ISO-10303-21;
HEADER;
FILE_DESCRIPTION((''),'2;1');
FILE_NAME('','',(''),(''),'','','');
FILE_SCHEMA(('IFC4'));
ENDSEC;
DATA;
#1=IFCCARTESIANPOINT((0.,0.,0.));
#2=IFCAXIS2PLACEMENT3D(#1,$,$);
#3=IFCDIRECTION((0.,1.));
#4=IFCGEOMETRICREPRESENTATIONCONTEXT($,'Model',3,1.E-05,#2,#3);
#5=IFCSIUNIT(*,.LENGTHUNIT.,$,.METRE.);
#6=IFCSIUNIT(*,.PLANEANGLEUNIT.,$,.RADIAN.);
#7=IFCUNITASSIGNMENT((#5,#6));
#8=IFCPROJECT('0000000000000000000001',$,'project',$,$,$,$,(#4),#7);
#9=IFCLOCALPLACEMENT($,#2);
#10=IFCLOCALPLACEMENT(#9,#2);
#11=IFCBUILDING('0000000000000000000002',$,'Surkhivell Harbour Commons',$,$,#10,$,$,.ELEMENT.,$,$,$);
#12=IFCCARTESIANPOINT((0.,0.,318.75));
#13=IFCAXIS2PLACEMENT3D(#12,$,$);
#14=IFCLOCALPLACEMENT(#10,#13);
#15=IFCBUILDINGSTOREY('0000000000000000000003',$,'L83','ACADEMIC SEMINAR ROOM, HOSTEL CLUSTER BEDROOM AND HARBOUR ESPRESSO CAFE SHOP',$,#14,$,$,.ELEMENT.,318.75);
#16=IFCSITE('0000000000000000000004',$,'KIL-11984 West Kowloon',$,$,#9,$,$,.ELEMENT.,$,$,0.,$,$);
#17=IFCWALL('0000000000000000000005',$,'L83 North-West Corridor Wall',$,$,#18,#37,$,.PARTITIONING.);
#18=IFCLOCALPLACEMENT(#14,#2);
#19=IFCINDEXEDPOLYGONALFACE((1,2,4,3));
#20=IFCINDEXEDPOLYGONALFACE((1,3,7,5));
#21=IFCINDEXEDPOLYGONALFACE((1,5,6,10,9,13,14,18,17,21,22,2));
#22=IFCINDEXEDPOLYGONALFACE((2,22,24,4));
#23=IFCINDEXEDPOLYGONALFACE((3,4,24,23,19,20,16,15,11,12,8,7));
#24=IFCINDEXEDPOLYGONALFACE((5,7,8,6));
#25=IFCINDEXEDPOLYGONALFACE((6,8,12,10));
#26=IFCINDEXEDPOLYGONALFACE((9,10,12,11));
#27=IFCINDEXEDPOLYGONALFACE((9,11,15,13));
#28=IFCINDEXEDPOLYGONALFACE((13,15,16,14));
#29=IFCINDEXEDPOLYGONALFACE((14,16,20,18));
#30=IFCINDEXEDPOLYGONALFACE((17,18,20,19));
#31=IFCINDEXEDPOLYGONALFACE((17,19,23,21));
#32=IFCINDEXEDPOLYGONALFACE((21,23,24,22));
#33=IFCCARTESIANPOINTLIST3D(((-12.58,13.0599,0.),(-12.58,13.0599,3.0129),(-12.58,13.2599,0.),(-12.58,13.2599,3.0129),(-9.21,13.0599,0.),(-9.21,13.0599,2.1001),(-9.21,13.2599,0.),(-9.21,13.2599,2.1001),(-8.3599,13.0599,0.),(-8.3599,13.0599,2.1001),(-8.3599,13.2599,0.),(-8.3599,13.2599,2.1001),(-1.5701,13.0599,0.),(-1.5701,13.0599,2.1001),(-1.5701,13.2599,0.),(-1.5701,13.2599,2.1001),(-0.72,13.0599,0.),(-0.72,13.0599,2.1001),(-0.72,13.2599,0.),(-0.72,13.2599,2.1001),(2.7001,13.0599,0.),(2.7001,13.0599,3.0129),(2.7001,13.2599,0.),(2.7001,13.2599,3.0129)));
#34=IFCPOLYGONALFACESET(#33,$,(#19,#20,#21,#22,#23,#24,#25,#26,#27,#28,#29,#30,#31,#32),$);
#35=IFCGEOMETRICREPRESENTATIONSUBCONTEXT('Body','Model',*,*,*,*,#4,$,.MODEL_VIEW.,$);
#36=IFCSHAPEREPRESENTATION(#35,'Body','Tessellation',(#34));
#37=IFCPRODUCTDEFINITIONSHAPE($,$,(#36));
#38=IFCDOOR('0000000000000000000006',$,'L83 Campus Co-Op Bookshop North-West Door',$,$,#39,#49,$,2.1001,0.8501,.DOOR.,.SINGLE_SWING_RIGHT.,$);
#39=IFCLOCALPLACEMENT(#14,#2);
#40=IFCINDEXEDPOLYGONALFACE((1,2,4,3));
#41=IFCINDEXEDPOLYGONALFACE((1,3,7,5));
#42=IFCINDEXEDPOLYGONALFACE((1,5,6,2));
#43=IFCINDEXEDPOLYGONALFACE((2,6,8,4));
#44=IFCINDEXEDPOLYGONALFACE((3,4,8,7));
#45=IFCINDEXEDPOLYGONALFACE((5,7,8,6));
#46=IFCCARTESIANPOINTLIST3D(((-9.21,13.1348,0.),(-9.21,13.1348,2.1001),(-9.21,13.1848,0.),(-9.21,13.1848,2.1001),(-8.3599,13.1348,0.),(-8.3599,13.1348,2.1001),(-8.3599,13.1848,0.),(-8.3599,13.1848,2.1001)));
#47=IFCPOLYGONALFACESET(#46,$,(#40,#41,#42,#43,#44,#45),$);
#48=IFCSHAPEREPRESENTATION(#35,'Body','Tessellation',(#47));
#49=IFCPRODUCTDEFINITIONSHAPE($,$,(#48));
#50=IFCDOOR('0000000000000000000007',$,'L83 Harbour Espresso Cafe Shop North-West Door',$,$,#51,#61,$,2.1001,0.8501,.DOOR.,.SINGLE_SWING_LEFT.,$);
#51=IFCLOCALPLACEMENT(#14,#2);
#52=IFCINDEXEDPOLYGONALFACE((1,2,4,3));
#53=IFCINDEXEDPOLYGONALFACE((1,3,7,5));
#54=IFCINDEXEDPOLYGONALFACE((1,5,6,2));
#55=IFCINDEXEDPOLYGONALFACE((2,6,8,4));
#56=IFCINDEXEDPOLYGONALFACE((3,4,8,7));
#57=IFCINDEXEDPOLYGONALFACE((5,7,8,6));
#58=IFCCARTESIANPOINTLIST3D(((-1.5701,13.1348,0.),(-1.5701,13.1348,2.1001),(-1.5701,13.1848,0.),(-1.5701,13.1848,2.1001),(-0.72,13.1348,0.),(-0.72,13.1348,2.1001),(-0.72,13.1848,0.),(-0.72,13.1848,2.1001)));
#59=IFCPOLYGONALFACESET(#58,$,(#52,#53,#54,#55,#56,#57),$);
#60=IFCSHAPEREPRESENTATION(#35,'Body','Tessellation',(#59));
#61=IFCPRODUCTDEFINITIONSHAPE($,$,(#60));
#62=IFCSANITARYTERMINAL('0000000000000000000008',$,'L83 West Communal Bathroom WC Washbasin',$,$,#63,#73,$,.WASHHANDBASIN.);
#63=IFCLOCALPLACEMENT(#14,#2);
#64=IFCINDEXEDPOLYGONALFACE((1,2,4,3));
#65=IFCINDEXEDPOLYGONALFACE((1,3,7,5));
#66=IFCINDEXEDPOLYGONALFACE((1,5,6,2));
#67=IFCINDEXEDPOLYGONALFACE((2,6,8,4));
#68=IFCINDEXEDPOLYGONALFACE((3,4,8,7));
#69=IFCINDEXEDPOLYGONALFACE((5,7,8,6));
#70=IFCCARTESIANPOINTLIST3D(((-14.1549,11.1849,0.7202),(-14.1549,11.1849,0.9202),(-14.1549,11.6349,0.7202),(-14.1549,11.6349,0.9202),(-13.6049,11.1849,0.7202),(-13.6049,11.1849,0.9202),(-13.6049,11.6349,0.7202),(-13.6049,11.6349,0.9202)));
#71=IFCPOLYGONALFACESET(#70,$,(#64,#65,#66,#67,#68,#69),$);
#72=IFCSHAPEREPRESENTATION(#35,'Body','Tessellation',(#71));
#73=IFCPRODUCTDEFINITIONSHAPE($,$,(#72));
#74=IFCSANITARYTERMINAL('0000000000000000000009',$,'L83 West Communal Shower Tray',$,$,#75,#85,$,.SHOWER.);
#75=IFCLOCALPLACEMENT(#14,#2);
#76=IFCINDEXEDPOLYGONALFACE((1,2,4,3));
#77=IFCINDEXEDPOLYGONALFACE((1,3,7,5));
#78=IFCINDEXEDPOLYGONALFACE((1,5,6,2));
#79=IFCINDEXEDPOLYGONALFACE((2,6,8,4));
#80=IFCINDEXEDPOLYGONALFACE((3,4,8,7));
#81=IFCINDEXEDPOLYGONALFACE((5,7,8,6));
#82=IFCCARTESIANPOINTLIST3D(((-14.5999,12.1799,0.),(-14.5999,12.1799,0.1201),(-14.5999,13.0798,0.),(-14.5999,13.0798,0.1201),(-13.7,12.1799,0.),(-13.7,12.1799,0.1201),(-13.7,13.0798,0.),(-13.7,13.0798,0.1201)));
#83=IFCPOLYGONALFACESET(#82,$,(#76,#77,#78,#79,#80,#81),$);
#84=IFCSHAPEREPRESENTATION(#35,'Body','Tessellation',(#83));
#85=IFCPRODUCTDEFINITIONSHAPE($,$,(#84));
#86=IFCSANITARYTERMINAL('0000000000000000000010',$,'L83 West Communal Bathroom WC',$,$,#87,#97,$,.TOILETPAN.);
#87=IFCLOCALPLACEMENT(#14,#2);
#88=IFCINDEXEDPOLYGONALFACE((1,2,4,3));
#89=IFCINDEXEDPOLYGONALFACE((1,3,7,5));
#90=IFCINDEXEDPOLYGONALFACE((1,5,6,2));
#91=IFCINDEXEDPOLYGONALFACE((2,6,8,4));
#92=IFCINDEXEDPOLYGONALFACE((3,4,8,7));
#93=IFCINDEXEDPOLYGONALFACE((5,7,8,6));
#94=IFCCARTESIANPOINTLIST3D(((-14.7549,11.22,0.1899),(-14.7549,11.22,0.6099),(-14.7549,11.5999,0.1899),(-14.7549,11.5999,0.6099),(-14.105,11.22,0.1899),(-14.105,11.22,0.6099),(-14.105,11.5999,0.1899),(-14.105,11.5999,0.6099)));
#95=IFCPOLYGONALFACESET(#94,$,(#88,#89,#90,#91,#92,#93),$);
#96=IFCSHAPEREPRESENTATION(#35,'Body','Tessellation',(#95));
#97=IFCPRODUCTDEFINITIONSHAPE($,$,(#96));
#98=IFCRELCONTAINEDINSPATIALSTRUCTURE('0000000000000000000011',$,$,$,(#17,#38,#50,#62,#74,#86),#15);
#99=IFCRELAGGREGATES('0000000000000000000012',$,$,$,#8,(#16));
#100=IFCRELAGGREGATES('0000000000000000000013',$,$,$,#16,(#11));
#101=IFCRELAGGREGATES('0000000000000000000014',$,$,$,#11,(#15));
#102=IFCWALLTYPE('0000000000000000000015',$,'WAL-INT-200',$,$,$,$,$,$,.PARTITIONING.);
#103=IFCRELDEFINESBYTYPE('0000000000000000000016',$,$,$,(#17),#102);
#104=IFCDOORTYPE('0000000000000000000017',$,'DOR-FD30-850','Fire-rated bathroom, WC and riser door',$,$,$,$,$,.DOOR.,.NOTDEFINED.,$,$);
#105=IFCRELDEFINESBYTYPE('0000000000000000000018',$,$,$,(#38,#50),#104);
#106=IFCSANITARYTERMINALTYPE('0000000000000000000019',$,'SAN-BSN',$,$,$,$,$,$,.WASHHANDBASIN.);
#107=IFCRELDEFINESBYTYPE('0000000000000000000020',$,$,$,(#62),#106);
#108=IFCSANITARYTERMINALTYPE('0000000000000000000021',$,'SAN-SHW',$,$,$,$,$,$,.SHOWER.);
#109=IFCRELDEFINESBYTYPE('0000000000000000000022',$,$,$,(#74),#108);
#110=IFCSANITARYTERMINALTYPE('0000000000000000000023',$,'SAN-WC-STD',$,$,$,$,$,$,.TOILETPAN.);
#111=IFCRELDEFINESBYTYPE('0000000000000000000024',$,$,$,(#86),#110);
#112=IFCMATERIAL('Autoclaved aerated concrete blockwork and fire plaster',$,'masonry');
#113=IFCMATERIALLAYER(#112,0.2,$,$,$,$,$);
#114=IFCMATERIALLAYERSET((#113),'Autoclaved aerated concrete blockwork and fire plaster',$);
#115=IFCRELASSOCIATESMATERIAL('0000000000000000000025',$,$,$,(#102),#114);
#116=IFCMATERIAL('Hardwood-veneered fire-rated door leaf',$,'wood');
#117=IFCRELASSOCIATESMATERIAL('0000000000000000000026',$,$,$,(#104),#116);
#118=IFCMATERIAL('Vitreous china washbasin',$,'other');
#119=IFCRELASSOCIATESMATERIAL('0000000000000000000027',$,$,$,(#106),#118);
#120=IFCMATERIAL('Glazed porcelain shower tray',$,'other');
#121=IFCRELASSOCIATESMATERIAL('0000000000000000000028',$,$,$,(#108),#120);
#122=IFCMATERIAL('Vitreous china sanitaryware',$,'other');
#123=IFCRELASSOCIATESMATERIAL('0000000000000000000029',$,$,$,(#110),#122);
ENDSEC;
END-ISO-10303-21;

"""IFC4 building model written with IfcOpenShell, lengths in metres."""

from ifc_helpers import new_model, si_unit, direction, frame, frame_2d, origin, origin_2d, place, context, subcontext, project, spatial, rectangle, extrude, material, layer, layer_set, type_object, element, fill, save


model = new_model("IFC4")

# Units and contexts
model_context = context("Model", 3, precision=1e-05, world=origin(), true_north=direction((0.0, 1.0)))
body_context = subcontext(model_context, "Body", "Model", "MODEL_VIEW")
ifc_project = project(units=[si_unit("LENGTHUNIT", "METRE"), si_unit("PLANEANGLEUNIT", "RADIAN")], contexts=[model_context])

# Site, building, storey
site_placement = place(None, origin())
site = spatial("IfcSite", under=ifc_project, at=site_placement, Name="KIL-11984 West Kowloon", CompositionType="ELEMENT", RefElevation=0.0)
building_placement = place(site_placement, origin())
building = spatial("IfcBuilding", under=site, at=building_placement, Name="Surkhivell Harbour Commons", CompositionType="ELEMENT")
storey_placement = place(building_placement, frame((0.0, 0.0, 318.75)))
storey = spatial("IfcBuildingStorey", under=building, at=storey_placement, Name="L83", Description="ACADEMIC SEMINAR ROOM, HOSTEL CLUSTER BEDROOM AND HARBOUR ESPRESSO CAFE SHOP", CompositionType="ELEMENT", Elevation=318.75)

# Shared definitions
ifc_material_1 = material(Name="Autoclaved aerated concrete blockwork and fire plaster", Category="masonry")
ifc_layer_1 = layer(ifc_material_1, 0.2)
ifc_layer_set_1 = layer_set([ifc_layer_1], Name="Autoclaved aerated concrete blockwork and fire plaster")
wall_type_1 = type_object("IfcWallType", Name="WAL-INT-200", PredefinedType="PARTITIONING", material=ifc_layer_set_1)

# Wall, openings, doors
wall_1_placement = place(storey_placement, frame((-12.5801, 13.1599, 0.0), z_axis=(0.0, 0.0, 1.0), x_axis=(1.0, 0.0, 0.0)))
wall_1 = element("IfcWall", 1, at=wall_1_placement, inside=storey, type_object=wall_type_1, Name="L83 North-West Corridor Wall", PredefinedType="PARTITIONING", context=body_context, shape_type="SweptSolid", body=[
    extrude(rectangle(XDim=15.28, YDim=0.2, at=frame_2d((7.6401, 0.0))), origin(), (0.0, 0.0, 1.0), 3.0129),
])
opening_1_placement = place(wall_1_placement, frame((3.3701, 0.0, 0.0)))
opening_1 = element("IfcOpeningElement", 2, at=opening_1_placement, cuts=wall_1, PredefinedType="OPENING", context=body_context, shape_type="SweptSolid", body=[
    extrude(rectangle(XDim=0.8501, YDim=2.1001, at=frame_2d((0.425, 1.05))), frame((0.0, 0.1099, 0.0), z_axis=(0.0, -1.0, 0.0), x_axis=(1.0, 0.0, 0.0)), (0.0, 0.0, 1.0), 0.22),
])
opening_2_placement = place(wall_1_placement, frame((11.01, 0.0, 0.0)))
opening_2 = element("IfcOpeningElement", 3, at=opening_2_placement, cuts=wall_1, PredefinedType="OPENING", context=body_context, shape_type="SweptSolid", body=[
    extrude(rectangle(XDim=0.8501, YDim=2.1001, at=frame_2d((0.425, 1.05))), frame((0.0, 0.1099, 0.0), z_axis=(0.0, -1.0, 0.0), x_axis=(1.0, 0.0, 0.0)), (0.0, 0.0, 1.0), 0.22),
])
ifc_material_2 = material(Name="Hardwood-veneered fire-rated door leaf", Category="wood")
door_type = type_object("IfcDoorType", Name="DOR-FD30-850", Description="Fire-rated bathroom, WC and riser door", OperationType="NOTDEFINED", PredefinedType="DOOR", material=ifc_material_2)
door_1_placement = place(opening_1_placement, origin())
door_1 = element("IfcDoor", 4, at=door_1_placement, inside=storey, type_object=door_type, Name="L83 Campus Co-Op Bookshop North-West Door", OperationType="SINGLE_SWING_RIGHT", OverallHeight=2.1001, OverallWidth=0.8501, PredefinedType="DOOR", context=body_context, shape_type="SweptSolid", body=[
    extrude(rectangle(XDim=0.8501, YDim=2.1001, at=frame_2d((0.425, 1.05))), frame((0.0, 0.0249, 0.0), z_axis=(0.0, -1.0, 0.0), x_axis=(1.0, 0.0, 0.0)), (0.0, 0.0, 1.0), 0.05),
])
fill(opening_1, door_1)
door_2_placement = place(opening_2_placement, origin())
door_2 = element("IfcDoor", 5, at=door_2_placement, inside=storey, type_object=door_type, Name="L83 Harbour Espresso Cafe Shop North-West Door", OperationType="SINGLE_SWING_LEFT", OverallHeight=2.1001, OverallWidth=0.8501, PredefinedType="DOOR", context=body_context, shape_type="SweptSolid", body=[
    extrude(rectangle(XDim=0.8501, YDim=2.1001, at=frame_2d((0.425, 1.05))), frame((0.0, 0.0249, 0.0), z_axis=(0.0, -1.0, 0.0), x_axis=(1.0, 0.0, 0.0)), (0.0, 0.0, 1.0), 0.05),
])
fill(opening_2, door_2)

# Sanitary terminals
ifc_material_3 = material(Name="Vitreous china washbasin", Category="other")
sanitary_terminal_type_1 = type_object("IfcSanitaryTerminalType", Name="SAN-BSN", PredefinedType="WASHHANDBASIN", material=ifc_material_3)
sanitary_terminal_1_placement = place(storey_placement, frame((-13.8799, 11.4099, 0.7202), z_axis=(0.0, 0.0, 1.0), x_axis=(1.0, 0.0, 0.0)))
element("IfcSanitaryTerminal", 6, at=sanitary_terminal_1_placement, inside=storey, type_object=sanitary_terminal_type_1, Name="L83 West Communal Bathroom WC Washbasin", PredefinedType="WASHHANDBASIN", context=body_context, shape_type="SweptSolid", body=[
    extrude(rectangle(XDim=0.55, YDim=0.45, at=origin_2d()), origin(), (0.0, 0.0, 1.0), 0.2),
])
ifc_material_4 = material(Name="Glazed porcelain shower tray", Category="other")
sanitary_terminal_type_2 = type_object("IfcSanitaryTerminalType", Name="SAN-SHW", PredefinedType="SHOWER", material=ifc_material_4)
sanitary_terminal_2_placement = place(storey_placement, frame((-14.1499, 12.6299, 0.0), z_axis=(0.0, 0.0, 1.0), x_axis=(1.0, 0.0, 0.0)))
element("IfcSanitaryTerminal", 7, at=sanitary_terminal_2_placement, inside=storey, type_object=sanitary_terminal_type_2, Name="L83 West Communal Shower Tray", PredefinedType="SHOWER", context=body_context, shape_type="SweptSolid", body=[
    extrude(rectangle(XDim=0.8999, YDim=0.8999, at=origin_2d()), origin(), (0.0, 0.0, 1.0), 0.1201),
])
ifc_material_5 = material(Name="Vitreous china sanitaryware", Category="other")
sanitary_terminal_type_3 = type_object("IfcSanitaryTerminalType", Name="SAN-WC-STD", PredefinedType="TOILETPAN", material=ifc_material_5)
sanitary_terminal_3_placement = place(storey_placement, frame((-14.4299, 11.4099, 0.1899), z_axis=(0.0, 0.0, 1.0), x_axis=(1.0, 0.0, 0.0)))
element("IfcSanitaryTerminal", 8, at=sanitary_terminal_3_placement, inside=storey, type_object=sanitary_terminal_type_3, Name="L83 West Communal Bathroom WC", PredefinedType="TOILETPAN", context=body_context, shape_type="SweptSolid", body=[
    extrude(rectangle(XDim=0.6499, YDim=0.3799, at=origin_2d()), origin(), (0.0, 0.0, 1.0), 0.4199),
])

save(model, "model.ifc")
